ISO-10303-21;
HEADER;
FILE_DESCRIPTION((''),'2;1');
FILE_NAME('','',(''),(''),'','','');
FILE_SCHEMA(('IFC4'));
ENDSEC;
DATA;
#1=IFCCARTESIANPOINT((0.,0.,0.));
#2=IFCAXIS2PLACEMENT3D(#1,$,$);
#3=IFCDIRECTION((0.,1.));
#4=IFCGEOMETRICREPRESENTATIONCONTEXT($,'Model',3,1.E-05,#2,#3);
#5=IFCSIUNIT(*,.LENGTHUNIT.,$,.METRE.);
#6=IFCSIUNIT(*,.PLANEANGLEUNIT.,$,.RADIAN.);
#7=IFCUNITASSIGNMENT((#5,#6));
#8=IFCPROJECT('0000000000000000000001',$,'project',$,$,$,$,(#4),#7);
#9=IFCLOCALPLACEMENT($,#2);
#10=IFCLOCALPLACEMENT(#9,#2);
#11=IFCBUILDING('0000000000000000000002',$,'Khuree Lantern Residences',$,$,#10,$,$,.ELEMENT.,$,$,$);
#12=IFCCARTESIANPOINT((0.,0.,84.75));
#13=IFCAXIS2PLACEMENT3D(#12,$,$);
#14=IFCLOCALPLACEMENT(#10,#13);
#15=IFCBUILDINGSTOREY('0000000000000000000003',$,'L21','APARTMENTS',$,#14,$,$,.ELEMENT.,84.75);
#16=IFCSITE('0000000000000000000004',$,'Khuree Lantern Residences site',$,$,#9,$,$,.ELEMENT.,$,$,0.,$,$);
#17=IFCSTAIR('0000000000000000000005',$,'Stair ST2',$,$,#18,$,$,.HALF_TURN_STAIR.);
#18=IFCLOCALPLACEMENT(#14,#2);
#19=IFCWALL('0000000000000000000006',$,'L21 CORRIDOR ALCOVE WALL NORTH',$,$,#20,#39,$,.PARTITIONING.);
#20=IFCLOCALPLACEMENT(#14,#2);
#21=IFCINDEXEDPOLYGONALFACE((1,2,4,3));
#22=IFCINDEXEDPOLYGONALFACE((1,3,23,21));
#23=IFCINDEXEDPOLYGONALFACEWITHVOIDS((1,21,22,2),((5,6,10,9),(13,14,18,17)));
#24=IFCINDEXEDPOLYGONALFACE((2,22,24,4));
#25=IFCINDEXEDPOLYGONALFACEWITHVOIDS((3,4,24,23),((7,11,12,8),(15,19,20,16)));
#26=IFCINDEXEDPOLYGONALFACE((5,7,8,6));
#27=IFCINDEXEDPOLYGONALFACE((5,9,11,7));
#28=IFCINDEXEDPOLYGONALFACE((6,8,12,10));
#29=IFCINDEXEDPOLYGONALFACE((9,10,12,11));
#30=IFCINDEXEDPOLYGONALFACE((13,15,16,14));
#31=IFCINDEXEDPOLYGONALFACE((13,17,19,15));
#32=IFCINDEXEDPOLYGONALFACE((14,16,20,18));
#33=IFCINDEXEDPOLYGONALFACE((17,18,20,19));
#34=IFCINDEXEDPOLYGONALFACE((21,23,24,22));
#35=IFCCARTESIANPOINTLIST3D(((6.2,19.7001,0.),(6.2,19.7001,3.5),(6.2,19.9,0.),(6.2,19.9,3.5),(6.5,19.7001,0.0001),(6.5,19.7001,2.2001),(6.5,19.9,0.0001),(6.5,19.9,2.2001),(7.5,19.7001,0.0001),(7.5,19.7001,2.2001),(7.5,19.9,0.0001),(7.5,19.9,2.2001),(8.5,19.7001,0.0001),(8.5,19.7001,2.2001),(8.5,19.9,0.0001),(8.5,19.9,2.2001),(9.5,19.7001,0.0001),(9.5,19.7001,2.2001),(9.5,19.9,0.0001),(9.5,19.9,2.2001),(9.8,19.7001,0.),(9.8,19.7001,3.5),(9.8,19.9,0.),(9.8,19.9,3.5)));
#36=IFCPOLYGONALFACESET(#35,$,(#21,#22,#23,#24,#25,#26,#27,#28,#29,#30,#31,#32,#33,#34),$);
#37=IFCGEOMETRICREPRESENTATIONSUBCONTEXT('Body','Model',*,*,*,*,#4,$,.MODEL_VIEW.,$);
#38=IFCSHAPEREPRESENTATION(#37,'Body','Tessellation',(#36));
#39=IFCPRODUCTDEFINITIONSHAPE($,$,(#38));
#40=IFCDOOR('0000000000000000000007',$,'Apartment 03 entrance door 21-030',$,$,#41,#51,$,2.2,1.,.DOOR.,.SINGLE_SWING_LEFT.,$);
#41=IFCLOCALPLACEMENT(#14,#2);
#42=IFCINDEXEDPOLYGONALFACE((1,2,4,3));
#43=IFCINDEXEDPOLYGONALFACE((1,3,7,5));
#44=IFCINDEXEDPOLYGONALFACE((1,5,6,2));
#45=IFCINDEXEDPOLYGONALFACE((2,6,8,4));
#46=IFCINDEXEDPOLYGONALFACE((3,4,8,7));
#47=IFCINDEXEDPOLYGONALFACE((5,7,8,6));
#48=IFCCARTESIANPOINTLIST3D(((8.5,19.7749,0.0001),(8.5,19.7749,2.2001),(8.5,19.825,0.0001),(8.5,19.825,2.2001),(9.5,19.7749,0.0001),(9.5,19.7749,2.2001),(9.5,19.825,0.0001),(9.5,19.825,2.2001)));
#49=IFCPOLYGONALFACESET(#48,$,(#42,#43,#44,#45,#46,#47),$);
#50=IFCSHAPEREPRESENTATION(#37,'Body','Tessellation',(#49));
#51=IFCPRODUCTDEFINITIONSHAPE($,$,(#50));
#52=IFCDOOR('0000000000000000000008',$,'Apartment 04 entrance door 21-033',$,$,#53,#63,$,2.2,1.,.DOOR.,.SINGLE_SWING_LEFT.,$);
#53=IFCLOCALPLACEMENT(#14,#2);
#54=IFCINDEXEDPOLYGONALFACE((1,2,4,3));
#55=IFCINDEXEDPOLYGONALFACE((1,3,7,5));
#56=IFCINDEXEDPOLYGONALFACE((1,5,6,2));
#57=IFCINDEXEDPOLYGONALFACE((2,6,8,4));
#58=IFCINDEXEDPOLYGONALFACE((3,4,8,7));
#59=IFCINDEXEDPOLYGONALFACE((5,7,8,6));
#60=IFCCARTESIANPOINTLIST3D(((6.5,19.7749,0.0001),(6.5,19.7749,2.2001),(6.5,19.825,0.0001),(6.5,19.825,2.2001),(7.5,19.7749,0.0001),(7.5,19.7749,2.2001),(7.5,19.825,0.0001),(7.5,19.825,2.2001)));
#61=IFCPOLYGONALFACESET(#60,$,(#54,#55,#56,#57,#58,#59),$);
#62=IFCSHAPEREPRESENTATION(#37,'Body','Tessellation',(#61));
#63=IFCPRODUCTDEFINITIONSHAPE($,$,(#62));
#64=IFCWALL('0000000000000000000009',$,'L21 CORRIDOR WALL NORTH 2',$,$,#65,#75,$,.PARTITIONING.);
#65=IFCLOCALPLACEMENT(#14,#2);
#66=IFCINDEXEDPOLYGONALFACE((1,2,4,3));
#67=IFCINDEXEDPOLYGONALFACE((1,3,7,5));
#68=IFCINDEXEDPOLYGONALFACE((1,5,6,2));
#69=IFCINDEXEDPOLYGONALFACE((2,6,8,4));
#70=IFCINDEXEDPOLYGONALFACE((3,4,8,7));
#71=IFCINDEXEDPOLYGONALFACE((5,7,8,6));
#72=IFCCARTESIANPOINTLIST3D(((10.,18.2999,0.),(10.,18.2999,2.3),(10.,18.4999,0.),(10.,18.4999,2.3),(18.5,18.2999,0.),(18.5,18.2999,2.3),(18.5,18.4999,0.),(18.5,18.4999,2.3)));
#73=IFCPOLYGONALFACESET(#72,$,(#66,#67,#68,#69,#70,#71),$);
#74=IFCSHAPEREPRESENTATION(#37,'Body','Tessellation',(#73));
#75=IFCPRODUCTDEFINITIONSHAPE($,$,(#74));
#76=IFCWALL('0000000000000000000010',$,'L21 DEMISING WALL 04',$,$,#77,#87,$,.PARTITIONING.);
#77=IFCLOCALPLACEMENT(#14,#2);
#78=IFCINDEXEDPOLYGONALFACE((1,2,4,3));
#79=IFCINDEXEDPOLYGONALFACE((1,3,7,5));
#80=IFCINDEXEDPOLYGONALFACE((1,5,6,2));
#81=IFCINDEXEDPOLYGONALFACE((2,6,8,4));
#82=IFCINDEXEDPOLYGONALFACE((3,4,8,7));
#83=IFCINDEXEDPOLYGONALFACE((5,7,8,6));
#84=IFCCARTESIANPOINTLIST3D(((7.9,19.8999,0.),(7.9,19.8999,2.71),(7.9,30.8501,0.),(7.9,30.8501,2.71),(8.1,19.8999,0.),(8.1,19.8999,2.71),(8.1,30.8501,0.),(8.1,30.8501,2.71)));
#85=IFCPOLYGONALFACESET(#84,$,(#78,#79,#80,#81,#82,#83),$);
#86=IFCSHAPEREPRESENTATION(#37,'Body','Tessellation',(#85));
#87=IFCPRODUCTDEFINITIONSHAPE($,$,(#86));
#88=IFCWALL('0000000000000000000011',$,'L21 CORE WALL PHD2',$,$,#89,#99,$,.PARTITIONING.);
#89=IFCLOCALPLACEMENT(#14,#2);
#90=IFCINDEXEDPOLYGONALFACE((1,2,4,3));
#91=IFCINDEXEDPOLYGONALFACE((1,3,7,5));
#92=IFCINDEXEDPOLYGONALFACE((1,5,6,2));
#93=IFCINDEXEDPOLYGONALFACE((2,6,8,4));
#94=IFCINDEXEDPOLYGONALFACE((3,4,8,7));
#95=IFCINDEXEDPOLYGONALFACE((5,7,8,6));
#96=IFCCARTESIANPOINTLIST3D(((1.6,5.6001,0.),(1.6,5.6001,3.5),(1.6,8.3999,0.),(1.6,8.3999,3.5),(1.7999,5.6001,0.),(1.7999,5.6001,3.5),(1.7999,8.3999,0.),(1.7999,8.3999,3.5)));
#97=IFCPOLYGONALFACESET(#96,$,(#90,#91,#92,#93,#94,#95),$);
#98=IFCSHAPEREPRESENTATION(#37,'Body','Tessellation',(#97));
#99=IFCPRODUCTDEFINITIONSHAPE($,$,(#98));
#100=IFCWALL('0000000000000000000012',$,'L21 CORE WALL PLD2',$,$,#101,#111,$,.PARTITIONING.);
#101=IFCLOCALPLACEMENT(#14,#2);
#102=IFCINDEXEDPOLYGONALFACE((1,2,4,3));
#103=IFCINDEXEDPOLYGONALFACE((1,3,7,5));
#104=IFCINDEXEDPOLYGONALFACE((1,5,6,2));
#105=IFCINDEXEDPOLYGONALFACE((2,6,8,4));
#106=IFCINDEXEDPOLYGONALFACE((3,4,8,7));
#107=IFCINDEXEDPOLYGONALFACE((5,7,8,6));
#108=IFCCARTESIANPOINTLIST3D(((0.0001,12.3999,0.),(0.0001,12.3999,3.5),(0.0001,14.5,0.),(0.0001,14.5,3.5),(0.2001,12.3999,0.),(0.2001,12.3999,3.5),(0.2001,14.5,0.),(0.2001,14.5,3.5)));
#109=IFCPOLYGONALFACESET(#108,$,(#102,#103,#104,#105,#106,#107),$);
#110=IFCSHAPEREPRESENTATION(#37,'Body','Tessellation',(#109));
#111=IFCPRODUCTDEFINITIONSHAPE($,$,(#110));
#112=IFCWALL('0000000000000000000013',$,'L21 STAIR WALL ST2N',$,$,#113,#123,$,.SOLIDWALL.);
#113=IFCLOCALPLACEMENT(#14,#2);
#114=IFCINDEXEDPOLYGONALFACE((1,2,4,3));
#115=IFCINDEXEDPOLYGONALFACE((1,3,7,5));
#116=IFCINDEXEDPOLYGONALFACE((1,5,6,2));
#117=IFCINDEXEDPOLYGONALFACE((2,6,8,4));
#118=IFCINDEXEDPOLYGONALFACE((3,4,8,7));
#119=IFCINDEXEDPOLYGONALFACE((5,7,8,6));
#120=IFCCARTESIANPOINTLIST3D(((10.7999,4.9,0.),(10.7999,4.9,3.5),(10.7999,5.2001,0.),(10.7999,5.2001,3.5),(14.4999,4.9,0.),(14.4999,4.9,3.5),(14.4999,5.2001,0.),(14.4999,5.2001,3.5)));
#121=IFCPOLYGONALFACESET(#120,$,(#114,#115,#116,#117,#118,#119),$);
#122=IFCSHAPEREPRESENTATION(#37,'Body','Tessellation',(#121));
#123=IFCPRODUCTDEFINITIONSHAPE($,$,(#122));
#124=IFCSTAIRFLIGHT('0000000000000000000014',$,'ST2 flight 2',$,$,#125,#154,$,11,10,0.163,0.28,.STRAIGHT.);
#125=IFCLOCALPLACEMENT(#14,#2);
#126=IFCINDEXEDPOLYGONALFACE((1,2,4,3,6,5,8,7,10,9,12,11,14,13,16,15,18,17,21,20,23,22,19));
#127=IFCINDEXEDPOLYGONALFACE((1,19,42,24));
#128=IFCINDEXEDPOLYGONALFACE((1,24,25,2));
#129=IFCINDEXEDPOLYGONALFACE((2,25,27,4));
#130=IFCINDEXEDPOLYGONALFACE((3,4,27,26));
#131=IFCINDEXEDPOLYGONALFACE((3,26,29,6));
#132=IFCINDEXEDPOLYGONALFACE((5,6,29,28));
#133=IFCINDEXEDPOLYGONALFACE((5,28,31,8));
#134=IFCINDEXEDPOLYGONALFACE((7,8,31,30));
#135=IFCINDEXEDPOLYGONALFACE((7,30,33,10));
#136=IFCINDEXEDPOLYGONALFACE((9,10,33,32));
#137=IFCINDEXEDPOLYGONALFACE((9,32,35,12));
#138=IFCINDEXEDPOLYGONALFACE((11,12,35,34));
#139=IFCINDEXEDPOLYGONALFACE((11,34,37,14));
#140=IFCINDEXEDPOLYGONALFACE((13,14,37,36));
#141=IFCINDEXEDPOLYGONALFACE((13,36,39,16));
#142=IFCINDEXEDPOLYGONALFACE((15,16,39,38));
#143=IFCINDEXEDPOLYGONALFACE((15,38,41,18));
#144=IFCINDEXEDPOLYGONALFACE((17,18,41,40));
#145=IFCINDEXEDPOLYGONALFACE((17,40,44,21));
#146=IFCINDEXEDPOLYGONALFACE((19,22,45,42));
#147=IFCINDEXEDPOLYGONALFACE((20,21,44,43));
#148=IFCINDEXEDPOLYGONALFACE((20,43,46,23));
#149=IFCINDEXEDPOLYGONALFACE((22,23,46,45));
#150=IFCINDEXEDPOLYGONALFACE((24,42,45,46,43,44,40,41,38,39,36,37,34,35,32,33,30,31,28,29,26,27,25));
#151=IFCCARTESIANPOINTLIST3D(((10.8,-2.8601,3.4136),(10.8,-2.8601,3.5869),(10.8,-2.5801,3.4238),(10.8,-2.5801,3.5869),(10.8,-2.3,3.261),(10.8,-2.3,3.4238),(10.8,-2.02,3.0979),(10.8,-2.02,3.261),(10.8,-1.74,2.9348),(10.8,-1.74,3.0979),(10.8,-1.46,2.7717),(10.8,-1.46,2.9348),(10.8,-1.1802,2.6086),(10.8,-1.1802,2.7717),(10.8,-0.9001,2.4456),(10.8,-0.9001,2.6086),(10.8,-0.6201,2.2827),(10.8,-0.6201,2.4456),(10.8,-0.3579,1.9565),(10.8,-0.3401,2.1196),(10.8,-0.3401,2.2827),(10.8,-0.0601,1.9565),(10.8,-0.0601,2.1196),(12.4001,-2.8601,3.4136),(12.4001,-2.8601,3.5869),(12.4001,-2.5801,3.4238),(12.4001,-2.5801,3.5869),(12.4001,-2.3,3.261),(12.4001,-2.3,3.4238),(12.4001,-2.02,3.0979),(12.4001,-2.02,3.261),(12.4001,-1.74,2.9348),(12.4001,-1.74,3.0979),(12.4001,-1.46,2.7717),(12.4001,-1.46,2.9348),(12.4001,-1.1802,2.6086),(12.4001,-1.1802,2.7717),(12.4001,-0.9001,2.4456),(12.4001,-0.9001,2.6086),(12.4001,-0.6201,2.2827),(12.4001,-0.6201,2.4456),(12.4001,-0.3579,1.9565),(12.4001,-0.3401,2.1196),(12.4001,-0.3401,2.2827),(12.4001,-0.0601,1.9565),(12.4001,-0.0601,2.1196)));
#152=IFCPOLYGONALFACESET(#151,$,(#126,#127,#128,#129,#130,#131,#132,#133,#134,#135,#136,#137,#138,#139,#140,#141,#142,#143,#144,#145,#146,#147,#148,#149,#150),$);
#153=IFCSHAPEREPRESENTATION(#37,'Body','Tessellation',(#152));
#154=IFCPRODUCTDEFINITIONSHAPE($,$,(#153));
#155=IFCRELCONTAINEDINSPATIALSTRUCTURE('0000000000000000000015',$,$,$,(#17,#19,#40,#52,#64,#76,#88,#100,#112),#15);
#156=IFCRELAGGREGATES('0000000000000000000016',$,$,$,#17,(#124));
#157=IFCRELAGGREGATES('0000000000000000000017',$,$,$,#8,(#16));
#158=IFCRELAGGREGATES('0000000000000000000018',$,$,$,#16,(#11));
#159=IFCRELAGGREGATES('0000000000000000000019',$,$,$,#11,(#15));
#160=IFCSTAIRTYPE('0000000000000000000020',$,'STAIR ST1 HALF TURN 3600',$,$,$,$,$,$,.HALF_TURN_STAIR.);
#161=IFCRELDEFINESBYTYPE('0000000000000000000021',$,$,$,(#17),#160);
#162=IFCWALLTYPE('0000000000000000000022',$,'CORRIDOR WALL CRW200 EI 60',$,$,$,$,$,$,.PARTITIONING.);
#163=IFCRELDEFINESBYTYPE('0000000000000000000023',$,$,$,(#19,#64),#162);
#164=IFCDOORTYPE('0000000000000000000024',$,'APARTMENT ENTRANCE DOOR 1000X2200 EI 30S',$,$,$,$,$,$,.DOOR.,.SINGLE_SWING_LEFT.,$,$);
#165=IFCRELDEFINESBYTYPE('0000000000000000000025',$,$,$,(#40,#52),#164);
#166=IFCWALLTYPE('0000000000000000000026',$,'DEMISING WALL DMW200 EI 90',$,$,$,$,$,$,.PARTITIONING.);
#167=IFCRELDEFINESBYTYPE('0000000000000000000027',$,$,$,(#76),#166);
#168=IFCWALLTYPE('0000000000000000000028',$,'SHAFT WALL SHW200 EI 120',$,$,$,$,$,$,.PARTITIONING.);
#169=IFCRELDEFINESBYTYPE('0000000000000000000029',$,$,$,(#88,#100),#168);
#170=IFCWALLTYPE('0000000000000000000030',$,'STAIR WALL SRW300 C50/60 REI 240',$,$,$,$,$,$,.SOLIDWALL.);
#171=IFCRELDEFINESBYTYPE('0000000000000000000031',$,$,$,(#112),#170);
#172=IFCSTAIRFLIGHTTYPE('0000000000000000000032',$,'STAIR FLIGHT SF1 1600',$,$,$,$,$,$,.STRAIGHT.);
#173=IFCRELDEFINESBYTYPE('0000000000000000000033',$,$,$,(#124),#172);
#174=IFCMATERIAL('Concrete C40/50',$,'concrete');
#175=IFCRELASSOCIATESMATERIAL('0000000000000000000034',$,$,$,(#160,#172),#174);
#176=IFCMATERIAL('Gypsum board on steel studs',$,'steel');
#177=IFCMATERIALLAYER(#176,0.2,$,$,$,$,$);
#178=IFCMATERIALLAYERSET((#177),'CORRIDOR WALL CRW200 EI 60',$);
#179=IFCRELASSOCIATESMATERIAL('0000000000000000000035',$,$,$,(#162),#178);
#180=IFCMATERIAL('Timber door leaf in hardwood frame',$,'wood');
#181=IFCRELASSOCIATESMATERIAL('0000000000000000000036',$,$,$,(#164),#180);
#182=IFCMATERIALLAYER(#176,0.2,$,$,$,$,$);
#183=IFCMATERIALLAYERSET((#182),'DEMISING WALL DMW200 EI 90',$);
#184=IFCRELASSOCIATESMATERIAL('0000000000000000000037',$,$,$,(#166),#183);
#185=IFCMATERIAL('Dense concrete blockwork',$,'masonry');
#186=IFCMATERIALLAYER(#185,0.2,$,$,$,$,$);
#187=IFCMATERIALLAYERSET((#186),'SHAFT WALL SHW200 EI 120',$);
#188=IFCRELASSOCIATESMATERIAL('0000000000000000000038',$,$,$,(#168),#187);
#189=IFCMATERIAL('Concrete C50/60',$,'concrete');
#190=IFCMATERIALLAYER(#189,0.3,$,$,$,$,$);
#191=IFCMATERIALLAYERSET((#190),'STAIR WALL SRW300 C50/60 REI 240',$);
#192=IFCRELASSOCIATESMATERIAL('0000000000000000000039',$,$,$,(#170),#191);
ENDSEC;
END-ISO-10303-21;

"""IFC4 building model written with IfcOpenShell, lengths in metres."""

from ifc_helpers import new_model, si_unit, direction, frame, frame_2d, origin, place, context, subcontext, project, spatial, polyline, rectangle, outline, extrude, material, layer, layer_set, type_object, element, fill, aggregate, save


model = new_model("IFC4")

# Units and contexts
model_context = context("Model", 3, precision=1e-05, world=origin(), true_north=direction((0.0, 1.0)))
body_context = subcontext(model_context, "Body", "Model", "MODEL_VIEW")
ifc_project = project(units=[si_unit("LENGTHUNIT", "METRE"), si_unit("PLANEANGLEUNIT", "RADIAN")], contexts=[model_context])

# Site, building, storey
site_placement = place(None, origin())
site = spatial("IfcSite", under=ifc_project, at=site_placement, Name="Khuree Lantern Residences site", CompositionType="ELEMENT", RefElevation=0.0)
building_placement = place(site_placement, origin())
building = spatial("IfcBuilding", under=site, at=building_placement, Name="Khuree Lantern Residences", CompositionType="ELEMENT")
storey_placement = place(building_placement, frame((0.0, 0.0, 84.75)))
storey = spatial("IfcBuildingStorey", under=building, at=storey_placement, Name="L21", Description="APARTMENTS", CompositionType="ELEMENT", Elevation=84.75)

# Stair
ifc_material_1 = material(Name="Concrete C40/50", Category="concrete")
stair_type = type_object("IfcStairType", Name="STAIR ST1 HALF TURN 3600", PredefinedType="HALF_TURN_STAIR", material=ifc_material_1)
stair_1_placement = place(storey_placement, origin())
stair_1 = element("IfcStair", 1, at=stair_1_placement, inside=storey, type_object=stair_type, Name="Stair ST2", PredefinedType="HALF_TURN_STAIR")

# Shared definitions
ifc_material_2 = material(Name="Dense concrete blockwork", Category="masonry")

# Shared definitions
ifc_material_3 = material(Name="Timber door leaf in hardwood frame", Category="wood")

# Shared definitions
ifc_material_4 = material(Name="Gypsum board on steel studs", Category="steel")
ifc_layer_1 = layer(ifc_material_4, 0.2)
ifc_layer_set_1 = layer_set([ifc_layer_1], Name="CORRIDOR WALL CRW200 EI 60")
wall_type_1 = type_object("IfcWallType", Name="CORRIDOR WALL CRW200 EI 60", PredefinedType="PARTITIONING", material=ifc_layer_set_1)

# Wall, openings, doors
wall_1_placement = place(storey_placement, frame((6.2, 19.8, 0.0), z_axis=(0.0, 0.0, 1.0), x_axis=(1.0, 0.0, 0.0)))
wall_1 = element("IfcWall", 2, at=wall_1_placement, inside=storey, type_object=wall_type_1, Name="L21 CORRIDOR ALCOVE WALL NORTH", PredefinedType="PARTITIONING", context=body_context, shape_type="SweptSolid", body=[
    extrude(rectangle(XDim=3.6001, YDim=0.2, at=frame_2d((1.8, 0.0))), origin(), (0.0, 0.0, 1.0), 3.5),
])
opening_1_placement = place(wall_1_placement, frame((2.3, 0.0, 0.0)))
opening_1 = element("IfcOpeningElement", 3, at=opening_1_placement, cuts=wall_1, PredefinedType="OPENING", context=body_context, shape_type="SweptSolid", body=[
    extrude(rectangle(XDim=1.0, YDim=2.2, at=frame_2d((0.5, 1.1001))), frame((0.0, 0.1099, 0.0), z_axis=(0.0, -1.0, 0.0), x_axis=(1.0, 0.0, 0.0)), (0.0, 0.0, 1.0), 0.22),
])
opening_2_placement = place(wall_1_placement, frame((0.3, 0.0, 0.0)))
opening_2 = element("IfcOpeningElement", 4, at=opening_2_placement, cuts=wall_1, PredefinedType="OPENING", context=body_context, shape_type="SweptSolid", body=[
    extrude(rectangle(XDim=1.0, YDim=2.2, at=frame_2d((0.5, 1.1001))), frame((0.0, 0.1099, 0.0), z_axis=(0.0, -1.0, 0.0), x_axis=(1.0, 0.0, 0.0)), (0.0, 0.0, 1.0), 0.22),
])
door_type_1 = type_object("IfcDoorType", Name="APARTMENT ENTRANCE DOOR 1000X2200 EI 30S", OperationType="SINGLE_SWING_LEFT", PredefinedType="DOOR", material=ifc_material_3)
door_1_placement = place(opening_1_placement, origin())
door_1 = element("IfcDoor", 5, at=door_1_placement, inside=storey, type_object=door_type_1, Name="Apartment 03 entrance door 21-030", OperationType="SINGLE_SWING_LEFT", OverallHeight=2.2, OverallWidth=1.0, PredefinedType="DOOR", context=body_context, shape_type="SweptSolid", body=[
    extrude(rectangle(XDim=1.0, YDim=2.2, at=frame_2d((0.5, 1.1001))), frame((0.0, 0.0249, 0.0), z_axis=(0.0, -1.0, 0.0), x_axis=(1.0, 0.0, 0.0)), (0.0, 0.0, 1.0), 0.05),
])
fill(opening_1, door_1)
door_2_placement = place(opening_2_placement, origin())
door_2 = element("IfcDoor", 6, at=door_2_placement, inside=storey, type_object=door_type_1, Name="Apartment 04 entrance door 21-033", OperationType="SINGLE_SWING_LEFT", OverallHeight=2.2, OverallWidth=1.0, PredefinedType="DOOR", context=body_context, shape_type="SweptSolid", body=[
    extrude(rectangle(XDim=1.0, YDim=2.2, at=frame_2d((0.5, 1.1001))), frame((0.0, 0.0249, 0.0), z_axis=(0.0, -1.0, 0.0), x_axis=(1.0, 0.0, 0.0)), (0.0, 0.0, 1.0), 0.05),
])
fill(opening_2, door_2)

# Walls
wall_2_placement = place(storey_placement, frame((10.0, 18.3999, 0.0), z_axis=(0.0, 0.0, 1.0), x_axis=(1.0, 0.0, 0.0)))
element("IfcWall", 7, at=wall_2_placement, inside=storey, type_object=wall_type_1, Name="L21 CORRIDOR WALL NORTH 2", PredefinedType="PARTITIONING", context=body_context, shape_type="SweptSolid", body=[
    extrude(rectangle(XDim=8.5, YDim=0.2, at=frame_2d((4.25, 0.0))), origin(), (0.0, 0.0, 1.0), 2.3),
])
ifc_layer_2 = layer(ifc_material_4, 0.2)
ifc_layer_set_2 = layer_set([ifc_layer_2], Name="DEMISING WALL DMW200 EI 90")
wall_type_2 = type_object("IfcWallType", Name="DEMISING WALL DMW200 EI 90", PredefinedType="PARTITIONING", material=ifc_layer_set_2)
wall_3_placement = place(storey_placement, frame((8.0, 19.8999, 0.0), z_axis=(0.0, 0.0, 1.0), x_axis=(0.0, 1.0, 0.0)))
element("IfcWall", 8, at=wall_3_placement, inside=storey, type_object=wall_type_2, Name="L21 DEMISING WALL 04", PredefinedType="PARTITIONING", context=body_context, shape_type="SweptSolid", body=[
    extrude(rectangle(XDim=10.9502, YDim=0.2, at=frame_2d((5.4751, 0.0))), origin(), (0.0, 0.0, 1.0), 2.71),
])
ifc_layer_3 = layer(ifc_material_2, 0.2)
ifc_layer_set_3 = layer_set([ifc_layer_3], Name="SHAFT WALL SHW200 EI 120")
wall_type_3 = type_object("IfcWallType", Name="SHAFT WALL SHW200 EI 120", PredefinedType="PARTITIONING", material=ifc_layer_set_3)
wall_4_placement = place(storey_placement, frame((1.7, 5.6001, 0.0), z_axis=(0.0, 0.0, 1.0), x_axis=(0.0, 1.0, 0.0)))
element("IfcWall", 9, at=wall_4_placement, inside=storey, type_object=wall_type_3, Name="L21 CORE WALL PHD2", PredefinedType="PARTITIONING", context=body_context, shape_type="SweptSolid", body=[
    extrude(rectangle(XDim=2.7998, YDim=0.2, at=frame_2d((1.3999, 0.0))), origin(), (0.0, 0.0, 1.0), 3.5),
])
wall_5_placement = place(storey_placement, frame((0.1001, 12.3999, 0.0), z_axis=(0.0, 0.0, 1.0), x_axis=(0.0, 1.0, 0.0)))
element("IfcWall", 10, at=wall_5_placement, inside=storey, type_object=wall_type_3, Name="L21 CORE WALL PLD2", PredefinedType="PARTITIONING", context=body_context, shape_type="SweptSolid", body=[
    extrude(rectangle(XDim=2.1001, YDim=0.2, at=frame_2d((1.05, 0.0))), origin(), (0.0, 0.0, 1.0), 3.5),
])
ifc_material_5 = material(Name="Concrete C50/60", Category="concrete")
ifc_layer_4 = layer(ifc_material_5, 0.3)
ifc_layer_set_4 = layer_set([ifc_layer_4], Name="STAIR WALL SRW300 C50/60 REI 240")
wall_type_4 = type_object("IfcWallType", Name="STAIR WALL SRW300 C50/60 REI 240", PredefinedType="SOLIDWALL", material=ifc_layer_set_4)
wall_6_placement = place(storey_placement, frame((14.5, 5.05, 0.0), z_axis=(0.0, 0.0, 1.0), x_axis=(-1.0, 0.0, 0.0)))
element("IfcWall", 11, at=wall_6_placement, inside=storey, type_object=wall_type_4, Name="L21 STAIR WALL ST2N", PredefinedType="SOLIDWALL", context=body_context, shape_type="SweptSolid", body=[
    extrude(rectangle(XDim=3.7, YDim=0.3, at=frame_2d((1.8501, 0.0))), origin(), (0.0, 0.0, 1.0), 3.5),
])

# Stair flight
stair_flight_type = type_object("IfcStairFlightType", Name="STAIR FLIGHT SF1 1600", PredefinedType="STRAIGHT", material=ifc_material_1)
stair_flight_placement = place(storey_placement, frame((11.6001, -0.0601, 1.9565), z_axis=(0.0, 0.0, 1.0), x_axis=(0.0, -1.0, 0.0)))
stair_flight = element("IfcStairFlight", 12, at=stair_flight_placement, type_object=stair_flight_type, Name="ST2 flight 2", NumberOfRisers=11, NumberOfTreads=10, PredefinedType="STRAIGHT", RiserHeight=0.163, TreadLength=0.28, context=body_context, shape_type="SweptSolid", body=[
    extrude(outline(polyline([(0.0, 0.0), (0.0, 0.1631), (0.28, 0.1631), (0.28, 0.3262), (0.5601, 0.3262), (0.5601, 0.489), (0.8401, 0.489), (0.8401, 0.6521), (1.1201, 0.6521), (1.1201, 0.8152), (1.3999, 0.8152), (1.3999, 0.9783), (1.6799, 0.9783), (1.6799, 1.1414), (1.96, 1.1414), (1.96, 1.3044), (2.24, 1.3044), (2.24, 1.4673), (2.52, 1.4673), (2.52, 1.6304), (2.8, 1.6304), (2.8, 1.7935), (2.8, 1.457), (0.2979, 0.0), (0.0, 0.0)])), frame((0.0, 0.8, 0.0), z_axis=(0.0, -1.0, 0.0), x_axis=(1.0, 0.0, 0.0)), (0.0, 0.0, 1.0), 1.6001),
])
aggregate(stair_1, [stair_flight])

save(model, "model.ifc")
